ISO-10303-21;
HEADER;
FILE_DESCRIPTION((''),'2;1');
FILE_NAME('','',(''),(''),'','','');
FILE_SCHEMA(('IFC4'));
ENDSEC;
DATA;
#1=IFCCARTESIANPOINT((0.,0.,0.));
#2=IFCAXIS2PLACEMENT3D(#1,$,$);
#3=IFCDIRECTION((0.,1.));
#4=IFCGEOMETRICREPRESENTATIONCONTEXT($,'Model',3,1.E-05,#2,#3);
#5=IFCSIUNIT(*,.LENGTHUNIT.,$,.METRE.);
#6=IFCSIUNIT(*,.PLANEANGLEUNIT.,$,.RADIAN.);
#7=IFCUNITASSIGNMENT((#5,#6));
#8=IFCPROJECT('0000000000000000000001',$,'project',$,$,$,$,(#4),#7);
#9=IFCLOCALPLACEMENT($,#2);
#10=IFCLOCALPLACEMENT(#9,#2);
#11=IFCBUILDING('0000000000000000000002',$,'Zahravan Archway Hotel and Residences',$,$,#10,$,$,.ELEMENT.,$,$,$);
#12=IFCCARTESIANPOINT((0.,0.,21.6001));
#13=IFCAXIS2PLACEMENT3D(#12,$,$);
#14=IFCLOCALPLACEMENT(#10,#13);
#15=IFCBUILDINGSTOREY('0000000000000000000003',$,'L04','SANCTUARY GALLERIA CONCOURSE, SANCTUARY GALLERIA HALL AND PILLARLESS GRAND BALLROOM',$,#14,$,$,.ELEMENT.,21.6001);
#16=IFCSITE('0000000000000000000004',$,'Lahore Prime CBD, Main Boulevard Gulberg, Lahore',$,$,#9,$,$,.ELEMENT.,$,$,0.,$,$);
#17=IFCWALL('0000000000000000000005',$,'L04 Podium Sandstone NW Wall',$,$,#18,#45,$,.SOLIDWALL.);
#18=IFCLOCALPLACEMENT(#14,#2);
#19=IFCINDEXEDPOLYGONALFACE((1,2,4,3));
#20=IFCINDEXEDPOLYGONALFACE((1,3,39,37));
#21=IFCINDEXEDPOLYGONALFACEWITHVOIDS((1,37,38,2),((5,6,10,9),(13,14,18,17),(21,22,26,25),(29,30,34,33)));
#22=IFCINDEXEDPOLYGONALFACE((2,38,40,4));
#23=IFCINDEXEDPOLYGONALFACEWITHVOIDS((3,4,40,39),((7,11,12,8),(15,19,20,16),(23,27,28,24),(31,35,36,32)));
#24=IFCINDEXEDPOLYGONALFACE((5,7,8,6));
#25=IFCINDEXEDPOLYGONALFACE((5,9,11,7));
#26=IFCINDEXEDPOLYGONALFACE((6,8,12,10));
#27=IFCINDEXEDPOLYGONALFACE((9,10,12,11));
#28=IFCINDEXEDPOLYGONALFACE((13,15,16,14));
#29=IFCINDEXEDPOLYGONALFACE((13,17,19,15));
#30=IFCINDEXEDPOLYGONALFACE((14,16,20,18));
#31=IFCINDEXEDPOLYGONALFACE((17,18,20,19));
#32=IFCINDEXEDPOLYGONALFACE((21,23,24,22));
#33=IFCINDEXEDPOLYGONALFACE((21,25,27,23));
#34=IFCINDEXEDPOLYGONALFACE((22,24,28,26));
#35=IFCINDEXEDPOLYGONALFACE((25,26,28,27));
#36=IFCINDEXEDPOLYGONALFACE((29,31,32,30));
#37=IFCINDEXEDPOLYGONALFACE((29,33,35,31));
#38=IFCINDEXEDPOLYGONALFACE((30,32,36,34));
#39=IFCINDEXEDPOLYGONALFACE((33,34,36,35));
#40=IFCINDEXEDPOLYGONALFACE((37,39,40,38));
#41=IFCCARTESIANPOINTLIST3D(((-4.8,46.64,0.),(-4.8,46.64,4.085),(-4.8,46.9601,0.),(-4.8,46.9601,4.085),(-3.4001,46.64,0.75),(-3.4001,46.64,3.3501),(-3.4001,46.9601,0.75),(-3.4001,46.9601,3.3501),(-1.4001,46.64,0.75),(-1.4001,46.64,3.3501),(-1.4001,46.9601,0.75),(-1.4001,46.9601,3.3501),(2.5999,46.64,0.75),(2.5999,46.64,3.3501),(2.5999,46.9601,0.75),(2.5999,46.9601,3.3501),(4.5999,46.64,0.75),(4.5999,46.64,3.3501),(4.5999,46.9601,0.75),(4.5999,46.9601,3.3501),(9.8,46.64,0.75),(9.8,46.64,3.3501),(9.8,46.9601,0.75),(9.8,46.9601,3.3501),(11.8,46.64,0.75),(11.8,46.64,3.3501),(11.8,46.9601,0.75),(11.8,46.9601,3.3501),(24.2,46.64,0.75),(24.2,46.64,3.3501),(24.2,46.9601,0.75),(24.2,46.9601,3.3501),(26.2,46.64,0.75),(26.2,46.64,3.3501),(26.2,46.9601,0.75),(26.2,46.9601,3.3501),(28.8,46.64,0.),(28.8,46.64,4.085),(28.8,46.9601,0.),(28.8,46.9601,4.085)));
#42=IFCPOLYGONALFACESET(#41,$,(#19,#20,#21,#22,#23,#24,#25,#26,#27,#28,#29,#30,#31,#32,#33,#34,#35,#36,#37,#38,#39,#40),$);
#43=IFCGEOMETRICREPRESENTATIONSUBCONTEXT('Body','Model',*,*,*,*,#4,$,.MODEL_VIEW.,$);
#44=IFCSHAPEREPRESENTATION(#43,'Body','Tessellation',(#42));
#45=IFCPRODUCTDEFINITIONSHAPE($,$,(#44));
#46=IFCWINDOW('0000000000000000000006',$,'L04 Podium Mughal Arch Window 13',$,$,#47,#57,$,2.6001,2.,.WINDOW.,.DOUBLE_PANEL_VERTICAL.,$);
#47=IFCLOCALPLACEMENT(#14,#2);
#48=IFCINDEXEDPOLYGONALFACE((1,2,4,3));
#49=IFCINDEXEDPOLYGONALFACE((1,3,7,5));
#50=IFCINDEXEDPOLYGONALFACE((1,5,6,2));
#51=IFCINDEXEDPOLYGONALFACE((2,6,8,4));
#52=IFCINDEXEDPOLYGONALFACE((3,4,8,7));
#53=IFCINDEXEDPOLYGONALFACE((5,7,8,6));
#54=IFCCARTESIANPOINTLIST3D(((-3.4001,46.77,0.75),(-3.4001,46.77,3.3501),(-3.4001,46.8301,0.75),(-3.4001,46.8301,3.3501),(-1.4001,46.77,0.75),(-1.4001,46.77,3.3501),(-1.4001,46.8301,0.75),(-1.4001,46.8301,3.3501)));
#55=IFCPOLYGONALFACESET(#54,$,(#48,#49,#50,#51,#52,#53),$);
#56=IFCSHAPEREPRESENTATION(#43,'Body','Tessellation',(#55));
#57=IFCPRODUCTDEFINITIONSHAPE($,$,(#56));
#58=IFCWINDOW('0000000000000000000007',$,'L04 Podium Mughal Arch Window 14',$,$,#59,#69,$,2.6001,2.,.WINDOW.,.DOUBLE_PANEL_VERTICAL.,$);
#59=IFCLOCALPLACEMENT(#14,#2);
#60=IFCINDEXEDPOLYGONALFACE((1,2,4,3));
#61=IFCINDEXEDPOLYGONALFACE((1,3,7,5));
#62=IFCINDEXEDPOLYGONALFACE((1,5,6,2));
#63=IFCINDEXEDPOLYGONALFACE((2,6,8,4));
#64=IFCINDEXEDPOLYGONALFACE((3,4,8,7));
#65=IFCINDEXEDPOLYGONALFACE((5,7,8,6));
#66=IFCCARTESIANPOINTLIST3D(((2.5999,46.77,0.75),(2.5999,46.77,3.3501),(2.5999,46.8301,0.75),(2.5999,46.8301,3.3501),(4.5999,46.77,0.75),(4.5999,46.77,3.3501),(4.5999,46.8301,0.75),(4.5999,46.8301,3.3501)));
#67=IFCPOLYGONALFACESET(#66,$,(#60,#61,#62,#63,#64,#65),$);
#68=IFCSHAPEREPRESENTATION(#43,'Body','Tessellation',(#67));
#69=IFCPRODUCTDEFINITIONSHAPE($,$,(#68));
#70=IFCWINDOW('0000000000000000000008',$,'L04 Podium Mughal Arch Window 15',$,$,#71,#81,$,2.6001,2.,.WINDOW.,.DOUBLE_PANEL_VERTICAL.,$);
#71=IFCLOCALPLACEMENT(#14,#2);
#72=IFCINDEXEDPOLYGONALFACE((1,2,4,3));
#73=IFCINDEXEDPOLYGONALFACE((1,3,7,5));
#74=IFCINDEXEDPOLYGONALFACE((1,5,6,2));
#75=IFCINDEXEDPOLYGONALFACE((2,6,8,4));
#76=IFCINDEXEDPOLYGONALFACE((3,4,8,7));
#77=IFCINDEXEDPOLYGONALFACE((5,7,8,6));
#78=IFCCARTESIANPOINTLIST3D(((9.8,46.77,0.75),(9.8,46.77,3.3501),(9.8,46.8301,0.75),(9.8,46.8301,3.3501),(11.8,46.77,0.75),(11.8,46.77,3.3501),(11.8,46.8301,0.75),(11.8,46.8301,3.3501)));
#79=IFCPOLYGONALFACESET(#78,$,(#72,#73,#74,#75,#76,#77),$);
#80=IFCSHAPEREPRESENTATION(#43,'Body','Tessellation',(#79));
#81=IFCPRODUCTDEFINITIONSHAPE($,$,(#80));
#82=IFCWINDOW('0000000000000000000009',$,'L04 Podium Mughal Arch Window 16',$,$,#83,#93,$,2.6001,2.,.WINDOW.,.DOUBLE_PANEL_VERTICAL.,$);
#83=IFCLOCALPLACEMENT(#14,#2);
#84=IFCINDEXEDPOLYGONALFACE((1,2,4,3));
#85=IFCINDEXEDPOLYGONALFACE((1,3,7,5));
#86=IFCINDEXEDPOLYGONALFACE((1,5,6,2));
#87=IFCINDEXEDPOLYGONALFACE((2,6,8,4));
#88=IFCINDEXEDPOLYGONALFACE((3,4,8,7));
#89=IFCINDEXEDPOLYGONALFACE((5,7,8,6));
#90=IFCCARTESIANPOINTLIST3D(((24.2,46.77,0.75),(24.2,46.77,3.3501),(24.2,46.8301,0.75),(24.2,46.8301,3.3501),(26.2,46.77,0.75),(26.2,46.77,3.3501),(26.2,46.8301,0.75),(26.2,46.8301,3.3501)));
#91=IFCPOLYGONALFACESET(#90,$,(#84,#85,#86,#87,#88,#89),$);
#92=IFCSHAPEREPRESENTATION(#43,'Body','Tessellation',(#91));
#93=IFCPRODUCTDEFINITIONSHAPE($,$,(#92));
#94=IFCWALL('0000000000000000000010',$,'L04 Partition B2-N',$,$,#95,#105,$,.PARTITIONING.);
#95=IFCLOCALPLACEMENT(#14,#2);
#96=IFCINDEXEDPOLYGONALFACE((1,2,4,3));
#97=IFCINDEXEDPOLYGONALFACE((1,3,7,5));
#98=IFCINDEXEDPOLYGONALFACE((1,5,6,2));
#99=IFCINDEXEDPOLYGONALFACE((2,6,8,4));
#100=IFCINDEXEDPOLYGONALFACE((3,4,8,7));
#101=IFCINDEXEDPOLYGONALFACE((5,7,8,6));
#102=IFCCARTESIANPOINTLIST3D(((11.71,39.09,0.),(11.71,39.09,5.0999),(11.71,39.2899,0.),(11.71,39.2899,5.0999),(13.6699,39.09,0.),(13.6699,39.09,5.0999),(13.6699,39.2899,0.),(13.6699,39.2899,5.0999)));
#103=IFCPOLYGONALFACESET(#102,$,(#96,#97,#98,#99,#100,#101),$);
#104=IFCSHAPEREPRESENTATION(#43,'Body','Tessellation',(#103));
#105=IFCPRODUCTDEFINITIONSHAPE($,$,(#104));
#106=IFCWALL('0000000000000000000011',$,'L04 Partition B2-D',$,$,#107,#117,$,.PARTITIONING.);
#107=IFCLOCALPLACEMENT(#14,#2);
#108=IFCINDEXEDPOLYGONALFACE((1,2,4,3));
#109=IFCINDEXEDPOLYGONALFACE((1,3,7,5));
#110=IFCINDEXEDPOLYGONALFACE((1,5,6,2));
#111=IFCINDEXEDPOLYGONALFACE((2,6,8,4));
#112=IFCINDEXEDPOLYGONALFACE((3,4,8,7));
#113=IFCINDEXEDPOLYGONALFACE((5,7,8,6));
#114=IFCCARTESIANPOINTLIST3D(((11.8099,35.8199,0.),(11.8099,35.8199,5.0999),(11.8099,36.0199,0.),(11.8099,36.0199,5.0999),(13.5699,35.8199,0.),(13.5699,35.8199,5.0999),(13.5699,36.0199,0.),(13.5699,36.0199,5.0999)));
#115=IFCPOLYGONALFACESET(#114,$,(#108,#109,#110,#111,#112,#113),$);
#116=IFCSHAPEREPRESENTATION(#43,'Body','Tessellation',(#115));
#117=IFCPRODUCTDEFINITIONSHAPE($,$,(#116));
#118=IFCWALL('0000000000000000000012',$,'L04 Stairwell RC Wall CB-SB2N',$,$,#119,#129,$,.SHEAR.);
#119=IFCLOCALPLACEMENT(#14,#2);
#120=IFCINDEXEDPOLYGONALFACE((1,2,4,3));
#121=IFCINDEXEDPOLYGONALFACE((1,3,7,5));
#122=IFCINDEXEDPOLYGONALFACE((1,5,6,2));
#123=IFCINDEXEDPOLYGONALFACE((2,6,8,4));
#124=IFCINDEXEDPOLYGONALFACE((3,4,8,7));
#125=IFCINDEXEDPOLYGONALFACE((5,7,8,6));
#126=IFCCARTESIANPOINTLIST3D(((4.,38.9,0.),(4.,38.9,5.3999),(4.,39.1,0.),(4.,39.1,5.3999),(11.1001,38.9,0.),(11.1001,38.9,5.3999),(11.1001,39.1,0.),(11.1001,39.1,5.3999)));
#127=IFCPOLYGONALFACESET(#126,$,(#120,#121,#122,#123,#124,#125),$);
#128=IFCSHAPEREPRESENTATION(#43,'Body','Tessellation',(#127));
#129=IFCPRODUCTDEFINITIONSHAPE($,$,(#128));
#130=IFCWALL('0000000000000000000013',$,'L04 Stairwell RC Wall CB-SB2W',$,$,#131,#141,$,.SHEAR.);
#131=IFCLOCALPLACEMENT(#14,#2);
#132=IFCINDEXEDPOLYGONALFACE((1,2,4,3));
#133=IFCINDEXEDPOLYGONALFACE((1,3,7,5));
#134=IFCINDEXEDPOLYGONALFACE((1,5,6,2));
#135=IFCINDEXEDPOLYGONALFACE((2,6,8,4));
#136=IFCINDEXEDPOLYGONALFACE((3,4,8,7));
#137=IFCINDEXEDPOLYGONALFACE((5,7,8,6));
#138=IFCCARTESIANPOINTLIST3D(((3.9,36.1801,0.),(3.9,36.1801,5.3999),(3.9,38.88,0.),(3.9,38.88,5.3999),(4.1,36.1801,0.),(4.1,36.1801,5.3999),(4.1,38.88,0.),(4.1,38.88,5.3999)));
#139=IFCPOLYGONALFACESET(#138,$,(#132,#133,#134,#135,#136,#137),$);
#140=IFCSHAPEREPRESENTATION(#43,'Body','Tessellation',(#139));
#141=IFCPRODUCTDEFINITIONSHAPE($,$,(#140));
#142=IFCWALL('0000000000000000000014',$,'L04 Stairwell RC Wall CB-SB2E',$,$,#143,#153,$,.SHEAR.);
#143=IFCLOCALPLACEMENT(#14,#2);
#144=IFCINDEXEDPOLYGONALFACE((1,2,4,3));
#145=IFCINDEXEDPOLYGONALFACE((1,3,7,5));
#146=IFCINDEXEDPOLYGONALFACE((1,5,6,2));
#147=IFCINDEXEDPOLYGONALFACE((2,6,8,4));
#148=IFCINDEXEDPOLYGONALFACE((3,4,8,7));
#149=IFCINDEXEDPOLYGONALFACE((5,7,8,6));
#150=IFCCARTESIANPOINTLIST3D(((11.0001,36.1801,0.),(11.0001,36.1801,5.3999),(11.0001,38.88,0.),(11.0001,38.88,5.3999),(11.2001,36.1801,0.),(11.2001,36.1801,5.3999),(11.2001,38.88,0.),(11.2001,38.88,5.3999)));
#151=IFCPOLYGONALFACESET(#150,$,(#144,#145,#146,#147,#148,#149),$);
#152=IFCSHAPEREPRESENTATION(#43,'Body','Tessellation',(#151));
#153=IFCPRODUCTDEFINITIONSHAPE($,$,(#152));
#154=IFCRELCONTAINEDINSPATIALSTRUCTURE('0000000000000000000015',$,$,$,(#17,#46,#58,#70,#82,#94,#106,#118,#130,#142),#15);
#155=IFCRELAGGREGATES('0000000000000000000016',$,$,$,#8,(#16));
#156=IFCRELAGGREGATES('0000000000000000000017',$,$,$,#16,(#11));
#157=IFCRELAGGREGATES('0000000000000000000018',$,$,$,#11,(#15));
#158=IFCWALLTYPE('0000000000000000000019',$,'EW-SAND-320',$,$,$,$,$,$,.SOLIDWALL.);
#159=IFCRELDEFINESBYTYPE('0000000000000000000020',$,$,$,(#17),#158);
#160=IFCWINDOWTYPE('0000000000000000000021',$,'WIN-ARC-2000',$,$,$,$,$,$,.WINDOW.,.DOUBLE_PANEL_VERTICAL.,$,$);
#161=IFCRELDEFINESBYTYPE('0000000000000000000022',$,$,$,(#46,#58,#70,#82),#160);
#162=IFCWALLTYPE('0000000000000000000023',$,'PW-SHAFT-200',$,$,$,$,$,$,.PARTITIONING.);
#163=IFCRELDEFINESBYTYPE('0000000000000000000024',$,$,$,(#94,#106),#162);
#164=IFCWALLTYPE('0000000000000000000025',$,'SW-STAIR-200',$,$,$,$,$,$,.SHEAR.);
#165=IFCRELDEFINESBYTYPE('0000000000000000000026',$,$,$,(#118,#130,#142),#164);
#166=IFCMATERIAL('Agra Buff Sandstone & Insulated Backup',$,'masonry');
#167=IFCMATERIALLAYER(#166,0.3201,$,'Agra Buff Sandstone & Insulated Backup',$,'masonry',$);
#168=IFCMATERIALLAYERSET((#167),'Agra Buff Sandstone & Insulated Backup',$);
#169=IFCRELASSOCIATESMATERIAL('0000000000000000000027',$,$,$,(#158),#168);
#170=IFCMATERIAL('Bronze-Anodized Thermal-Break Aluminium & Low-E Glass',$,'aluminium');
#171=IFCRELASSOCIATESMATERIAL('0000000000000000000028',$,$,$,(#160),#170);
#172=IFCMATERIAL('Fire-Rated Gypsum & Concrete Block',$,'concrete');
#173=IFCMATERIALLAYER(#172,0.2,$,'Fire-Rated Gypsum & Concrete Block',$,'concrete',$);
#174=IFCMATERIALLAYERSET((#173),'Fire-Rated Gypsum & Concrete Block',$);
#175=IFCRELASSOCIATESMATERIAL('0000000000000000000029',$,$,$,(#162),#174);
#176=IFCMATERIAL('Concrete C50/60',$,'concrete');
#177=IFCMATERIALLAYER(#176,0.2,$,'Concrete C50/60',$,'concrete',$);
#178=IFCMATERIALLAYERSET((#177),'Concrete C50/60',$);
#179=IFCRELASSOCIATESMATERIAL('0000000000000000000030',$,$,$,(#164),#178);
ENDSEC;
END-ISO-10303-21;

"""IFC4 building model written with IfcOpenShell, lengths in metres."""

from ifc_helpers import new_model, si_unit, direction, frame, frame_2d, origin, place, context, subcontext, project, spatial, rectangle, extrude, source, transform, mapped, material, layer, layer_set, type_object, type_shapes, element, fill, save


model = new_model("IFC4")

# Units and contexts
model_context = context("Model", 3, precision=1e-05, world=origin(), true_north=direction((0.0, 1.0)))
body_context = subcontext(model_context, "Body", "Model", "MODEL_VIEW")
ifc_project = project(units=[si_unit("LENGTHUNIT", "METRE"), si_unit("PLANEANGLEUNIT", "RADIAN")], contexts=[model_context])

# Site, building, storey
site_placement = place(None, origin())
site = spatial("IfcSite", under=ifc_project, at=site_placement, Name="Lahore Prime CBD, Main Boulevard Gulberg, Lahore", CompositionType="ELEMENT", RefElevation=0.0)
building_placement = place(site_placement, origin())
building = spatial("IfcBuilding", under=site, at=building_placement, Name="Zahravan Archway Hotel and Residences", CompositionType="ELEMENT")
storey_placement = place(building_placement, frame((0.0, 0.0, 21.6001)))
storey = spatial("IfcBuildingStorey", under=building, at=storey_placement, Name="L04", Description="SANCTUARY GALLERIA CONCOURSE, SANCTUARY GALLERIA HALL AND PILLARLESS GRAND BALLROOM", CompositionType="ELEMENT", Elevation=21.6001)

# Wall, openings, windows
ifc_material_1 = material(Name="Agra Buff Sandstone & Insulated Backup", Category="masonry")
ifc_layer_1 = layer(ifc_material_1, 0.3201, Name="Agra Buff Sandstone & Insulated Backup", Category="masonry")
ifc_layer_set_1 = layer_set([ifc_layer_1], Name="Agra Buff Sandstone & Insulated Backup")
wall_type_1 = type_object("IfcWallType", Name="EW-SAND-320", PredefinedType="SOLIDWALL", material=ifc_layer_set_1)
wall_1_placement = place(storey_placement, frame((-4.8, 46.8, 0.0), z_axis=(0.0, 0.0, 1.0), x_axis=(1.0, 0.0, 0.0)))
wall_1 = element("IfcWall", 1, at=wall_1_placement, inside=storey, type_object=wall_type_1, Name="L04 Podium Sandstone NW Wall", PredefinedType="SOLIDWALL", context=body_context, shape_type="SweptSolid", body=[
    extrude(rectangle(XDim=33.6001, YDim=0.3201, at=frame_2d((16.8, 0.0))), origin(), (0.0, 0.0, 1.0), 4.085),
])
opening_1_placement = place(wall_1_placement, frame((1.3999, 0.0, 0.75)))
opening_1 = element("IfcOpeningElement", 2, at=opening_1_placement, cuts=wall_1, PredefinedType="OPENING", context=body_context, shape_type="SweptSolid", body=[
    extrude(rectangle(XDim=2.0, YDim=2.6001, at=frame_2d((1.0, 1.3))), frame((0.0, 0.1699, 0.0), z_axis=(0.0, -1.0, 0.0), x_axis=(1.0, 0.0, 0.0)), (0.0, 0.0, 1.0), 0.3401),
])
opening_2_placement = place(wall_1_placement, frame((7.3999, 0.0, 0.75)))
opening_2 = element("IfcOpeningElement", 3, at=opening_2_placement, cuts=wall_1, PredefinedType="OPENING", context=body_context, shape_type="SweptSolid", body=[
    extrude(rectangle(XDim=2.0, YDim=2.6001, at=frame_2d((1.0, 1.3))), frame((0.0, 0.1699, 0.0), z_axis=(0.0, -1.0, 0.0), x_axis=(1.0, 0.0, 0.0)), (0.0, 0.0, 1.0), 0.3401),
])
opening_3_placement = place(wall_1_placement, frame((14.6001, 0.0, 0.75)))
opening_3 = element("IfcOpeningElement", 4, at=opening_3_placement, cuts=wall_1, PredefinedType="OPENING", context=body_context, shape_type="SweptSolid", body=[
    extrude(rectangle(XDim=2.0, YDim=2.6001, at=frame_2d((1.0, 1.3))), frame((0.0, 0.1699, 0.0), z_axis=(0.0, -1.0, 0.0), x_axis=(1.0, 0.0, 0.0)), (0.0, 0.0, 1.0), 0.3401),
])
opening_4_placement = place(wall_1_placement, frame((29.0, 0.0, 0.75)))
opening_4 = element("IfcOpeningElement", 5, at=opening_4_placement, cuts=wall_1, PredefinedType="OPENING", context=body_context, shape_type="SweptSolid", body=[
    extrude(rectangle(XDim=2.0, YDim=2.6001, at=frame_2d((1.0, 1.3))), frame((0.0, 0.1699, 0.0), z_axis=(0.0, -1.0, 0.0), x_axis=(1.0, 0.0, 0.0)), (0.0, 0.0, 1.0), 0.3401),
])
ifc_material_2 = material(Name="Bronze-Anodized Thermal-Break Aluminium & Low-E Glass", Category="aluminium")
window_type = type_object("IfcWindowType", Name="WIN-ARC-2000", PartitioningType="DOUBLE_PANEL_VERTICAL", PredefinedType="WINDOW", material=ifc_material_2)
shared_shape_1 = source(origin(), body_context, "Body", "SweptSolid", [
    extrude(rectangle(XDim=2.0, YDim=2.6001, at=frame_2d((1.0, 1.3))), frame((0.0, 0.03, 0.0), z_axis=(0.0, -1.0, 0.0), x_axis=(1.0, 0.0, 0.0)), (0.0, 0.0, 1.0), 0.0601),
])
type_shapes(window_type, [shared_shape_1])
window_1_placement = place(opening_1_placement, origin())
window_1 = element("IfcWindow", 6, at=window_1_placement, inside=storey, type_object=window_type, Name="L04 Podium Mughal Arch Window 13", OverallHeight=2.6001, OverallWidth=2.0, PartitioningType="DOUBLE_PANEL_VERTICAL", PredefinedType="WINDOW", context=body_context, shape_type="MappedRepresentation", body=[
    mapped(shared_shape_1, transform((0.0, 0.0, 0.0), scale=1.0)),
])
fill(opening_1, window_1)
window_2_placement = place(opening_2_placement, origin())
window_2 = element("IfcWindow", 7, at=window_2_placement, inside=storey, type_object=window_type, Name="L04 Podium Mughal Arch Window 14", OverallHeight=2.6001, OverallWidth=2.0, PartitioningType="DOUBLE_PANEL_VERTICAL", PredefinedType="WINDOW", context=body_context, shape_type="MappedRepresentation", body=[
    mapped(shared_shape_1, transform((0.0, 0.0, 0.0), scale=1.0)),
])
fill(opening_2, window_2)
window_3_placement = place(opening_3_placement, origin())
window_3 = element("IfcWindow", 8, at=window_3_placement, inside=storey, type_object=window_type, Name="L04 Podium Mughal Arch Window 15", OverallHeight=2.6001, OverallWidth=2.0, PartitioningType="DOUBLE_PANEL_VERTICAL", PredefinedType="WINDOW", context=body_context, shape_type="MappedRepresentation", body=[
    mapped(shared_shape_1, transform((0.0, 0.0, 0.0), scale=1.0)),
])
fill(opening_3, window_3)
window_4_placement = place(opening_4_placement, origin())
window_4 = element("IfcWindow", 9, at=window_4_placement, inside=storey, type_object=window_type, Name="L04 Podium Mughal Arch Window 16", OverallHeight=2.6001, OverallWidth=2.0, PartitioningType="DOUBLE_PANEL_VERTICAL", PredefinedType="WINDOW", context=body_context, shape_type="MappedRepresentation", body=[
    mapped(shared_shape_1, transform((0.0, 0.0, 0.0), scale=1.0)),
])
fill(opening_4, window_4)

# Walls
ifc_material_3 = material(Name="Fire-Rated Gypsum & Concrete Block", Category="concrete")
ifc_layer_2 = layer(ifc_material_3, 0.2, Name="Fire-Rated Gypsum & Concrete Block", Category="concrete")
ifc_layer_set_2 = layer_set([ifc_layer_2], Name="Fire-Rated Gypsum & Concrete Block")
wall_type_2 = type_object("IfcWallType", Name="PW-SHAFT-200", PredefinedType="PARTITIONING", material=ifc_layer_set_2)
wall_2_placement = place(storey_placement, frame((11.71, 39.1899, 0.0), z_axis=(0.0, 0.0, 1.0), x_axis=(1.0, 0.0, 0.0)))
element("IfcWall", 10, at=wall_2_placement, inside=storey, type_object=wall_type_2, Name="L04 Partition B2-N", PredefinedType="PARTITIONING", context=body_context, shape_type="SweptSolid", body=[
    extrude(rectangle(XDim=1.96, YDim=0.2, at=frame_2d((0.98, 0.0))), origin(), (0.0, 0.0, 1.0), 5.0999),
])
wall_3_placement = place(storey_placement, frame((11.8101, 35.9199, 0.0), z_axis=(0.0, 0.0, 1.0), x_axis=(1.0, 0.0, 0.0)))
element("IfcWall", 11, at=wall_3_placement, inside=storey, type_object=wall_type_2, Name="L04 Partition B2-D", PredefinedType="PARTITIONING", context=body_context, shape_type="SweptSolid", body=[
    extrude(rectangle(XDim=1.76, YDim=0.2, at=frame_2d((0.8799, 0.0))), origin(), (0.0, 0.0, 1.0), 5.0999),
])
ifc_material_4 = material(Name="Concrete C50/60", Category="concrete")
ifc_layer_3 = layer(ifc_material_4, 0.2, Name="Concrete C50/60", Category="concrete")
ifc_layer_set_3 = layer_set([ifc_layer_3], Name="Concrete C50/60")
wall_type_3 = type_object("IfcWallType", Name="SW-STAIR-200", PredefinedType="SHEAR", material=ifc_layer_set_3)
wall_4_placement = place(storey_placement, frame((4.0, 39.0, 0.0), z_axis=(0.0, 0.0, 1.0), x_axis=(1.0, 0.0, 0.0)))
element("IfcWall", 12, at=wall_4_placement, inside=storey, type_object=wall_type_3, Name="L04 Stairwell RC Wall CB-SB2N", PredefinedType="SHEAR", context=body_context, shape_type="SweptSolid", body=[
    extrude(rectangle(XDim=7.1001, YDim=0.2, at=frame_2d((3.55, 0.0))), origin(), (0.0, 0.0, 1.0), 5.3999),
])
for number, where, z_axis, x_axis, name in (
    (13, (4.0, 36.1799, 0.0), (0.0, 0.0, 1.0), (0.0, 1.0, 0.0), "L04 Stairwell RC Wall CB-SB2W"),
    (14, (11.1001, 36.1799, 0.0), (0.0, 0.0, 1.0), (0.0, 1.0, 0.0), "L04 Stairwell RC Wall CB-SB2E"),
):
    element("IfcWall", number, at=place(storey_placement, frame(where, z_axis=z_axis, x_axis=x_axis)), inside=storey, type_object=wall_type_3, Name=name, PredefinedType="SHEAR", context=body_context, shape_type="SweptSolid", body=[
        extrude(rectangle(XDim=2.7, YDim=0.2, at=frame_2d((1.3501, 0.0))), origin(), (0.0, 0.0, 1.0), 5.3999),
    ])

save(model, "model.ifc")
